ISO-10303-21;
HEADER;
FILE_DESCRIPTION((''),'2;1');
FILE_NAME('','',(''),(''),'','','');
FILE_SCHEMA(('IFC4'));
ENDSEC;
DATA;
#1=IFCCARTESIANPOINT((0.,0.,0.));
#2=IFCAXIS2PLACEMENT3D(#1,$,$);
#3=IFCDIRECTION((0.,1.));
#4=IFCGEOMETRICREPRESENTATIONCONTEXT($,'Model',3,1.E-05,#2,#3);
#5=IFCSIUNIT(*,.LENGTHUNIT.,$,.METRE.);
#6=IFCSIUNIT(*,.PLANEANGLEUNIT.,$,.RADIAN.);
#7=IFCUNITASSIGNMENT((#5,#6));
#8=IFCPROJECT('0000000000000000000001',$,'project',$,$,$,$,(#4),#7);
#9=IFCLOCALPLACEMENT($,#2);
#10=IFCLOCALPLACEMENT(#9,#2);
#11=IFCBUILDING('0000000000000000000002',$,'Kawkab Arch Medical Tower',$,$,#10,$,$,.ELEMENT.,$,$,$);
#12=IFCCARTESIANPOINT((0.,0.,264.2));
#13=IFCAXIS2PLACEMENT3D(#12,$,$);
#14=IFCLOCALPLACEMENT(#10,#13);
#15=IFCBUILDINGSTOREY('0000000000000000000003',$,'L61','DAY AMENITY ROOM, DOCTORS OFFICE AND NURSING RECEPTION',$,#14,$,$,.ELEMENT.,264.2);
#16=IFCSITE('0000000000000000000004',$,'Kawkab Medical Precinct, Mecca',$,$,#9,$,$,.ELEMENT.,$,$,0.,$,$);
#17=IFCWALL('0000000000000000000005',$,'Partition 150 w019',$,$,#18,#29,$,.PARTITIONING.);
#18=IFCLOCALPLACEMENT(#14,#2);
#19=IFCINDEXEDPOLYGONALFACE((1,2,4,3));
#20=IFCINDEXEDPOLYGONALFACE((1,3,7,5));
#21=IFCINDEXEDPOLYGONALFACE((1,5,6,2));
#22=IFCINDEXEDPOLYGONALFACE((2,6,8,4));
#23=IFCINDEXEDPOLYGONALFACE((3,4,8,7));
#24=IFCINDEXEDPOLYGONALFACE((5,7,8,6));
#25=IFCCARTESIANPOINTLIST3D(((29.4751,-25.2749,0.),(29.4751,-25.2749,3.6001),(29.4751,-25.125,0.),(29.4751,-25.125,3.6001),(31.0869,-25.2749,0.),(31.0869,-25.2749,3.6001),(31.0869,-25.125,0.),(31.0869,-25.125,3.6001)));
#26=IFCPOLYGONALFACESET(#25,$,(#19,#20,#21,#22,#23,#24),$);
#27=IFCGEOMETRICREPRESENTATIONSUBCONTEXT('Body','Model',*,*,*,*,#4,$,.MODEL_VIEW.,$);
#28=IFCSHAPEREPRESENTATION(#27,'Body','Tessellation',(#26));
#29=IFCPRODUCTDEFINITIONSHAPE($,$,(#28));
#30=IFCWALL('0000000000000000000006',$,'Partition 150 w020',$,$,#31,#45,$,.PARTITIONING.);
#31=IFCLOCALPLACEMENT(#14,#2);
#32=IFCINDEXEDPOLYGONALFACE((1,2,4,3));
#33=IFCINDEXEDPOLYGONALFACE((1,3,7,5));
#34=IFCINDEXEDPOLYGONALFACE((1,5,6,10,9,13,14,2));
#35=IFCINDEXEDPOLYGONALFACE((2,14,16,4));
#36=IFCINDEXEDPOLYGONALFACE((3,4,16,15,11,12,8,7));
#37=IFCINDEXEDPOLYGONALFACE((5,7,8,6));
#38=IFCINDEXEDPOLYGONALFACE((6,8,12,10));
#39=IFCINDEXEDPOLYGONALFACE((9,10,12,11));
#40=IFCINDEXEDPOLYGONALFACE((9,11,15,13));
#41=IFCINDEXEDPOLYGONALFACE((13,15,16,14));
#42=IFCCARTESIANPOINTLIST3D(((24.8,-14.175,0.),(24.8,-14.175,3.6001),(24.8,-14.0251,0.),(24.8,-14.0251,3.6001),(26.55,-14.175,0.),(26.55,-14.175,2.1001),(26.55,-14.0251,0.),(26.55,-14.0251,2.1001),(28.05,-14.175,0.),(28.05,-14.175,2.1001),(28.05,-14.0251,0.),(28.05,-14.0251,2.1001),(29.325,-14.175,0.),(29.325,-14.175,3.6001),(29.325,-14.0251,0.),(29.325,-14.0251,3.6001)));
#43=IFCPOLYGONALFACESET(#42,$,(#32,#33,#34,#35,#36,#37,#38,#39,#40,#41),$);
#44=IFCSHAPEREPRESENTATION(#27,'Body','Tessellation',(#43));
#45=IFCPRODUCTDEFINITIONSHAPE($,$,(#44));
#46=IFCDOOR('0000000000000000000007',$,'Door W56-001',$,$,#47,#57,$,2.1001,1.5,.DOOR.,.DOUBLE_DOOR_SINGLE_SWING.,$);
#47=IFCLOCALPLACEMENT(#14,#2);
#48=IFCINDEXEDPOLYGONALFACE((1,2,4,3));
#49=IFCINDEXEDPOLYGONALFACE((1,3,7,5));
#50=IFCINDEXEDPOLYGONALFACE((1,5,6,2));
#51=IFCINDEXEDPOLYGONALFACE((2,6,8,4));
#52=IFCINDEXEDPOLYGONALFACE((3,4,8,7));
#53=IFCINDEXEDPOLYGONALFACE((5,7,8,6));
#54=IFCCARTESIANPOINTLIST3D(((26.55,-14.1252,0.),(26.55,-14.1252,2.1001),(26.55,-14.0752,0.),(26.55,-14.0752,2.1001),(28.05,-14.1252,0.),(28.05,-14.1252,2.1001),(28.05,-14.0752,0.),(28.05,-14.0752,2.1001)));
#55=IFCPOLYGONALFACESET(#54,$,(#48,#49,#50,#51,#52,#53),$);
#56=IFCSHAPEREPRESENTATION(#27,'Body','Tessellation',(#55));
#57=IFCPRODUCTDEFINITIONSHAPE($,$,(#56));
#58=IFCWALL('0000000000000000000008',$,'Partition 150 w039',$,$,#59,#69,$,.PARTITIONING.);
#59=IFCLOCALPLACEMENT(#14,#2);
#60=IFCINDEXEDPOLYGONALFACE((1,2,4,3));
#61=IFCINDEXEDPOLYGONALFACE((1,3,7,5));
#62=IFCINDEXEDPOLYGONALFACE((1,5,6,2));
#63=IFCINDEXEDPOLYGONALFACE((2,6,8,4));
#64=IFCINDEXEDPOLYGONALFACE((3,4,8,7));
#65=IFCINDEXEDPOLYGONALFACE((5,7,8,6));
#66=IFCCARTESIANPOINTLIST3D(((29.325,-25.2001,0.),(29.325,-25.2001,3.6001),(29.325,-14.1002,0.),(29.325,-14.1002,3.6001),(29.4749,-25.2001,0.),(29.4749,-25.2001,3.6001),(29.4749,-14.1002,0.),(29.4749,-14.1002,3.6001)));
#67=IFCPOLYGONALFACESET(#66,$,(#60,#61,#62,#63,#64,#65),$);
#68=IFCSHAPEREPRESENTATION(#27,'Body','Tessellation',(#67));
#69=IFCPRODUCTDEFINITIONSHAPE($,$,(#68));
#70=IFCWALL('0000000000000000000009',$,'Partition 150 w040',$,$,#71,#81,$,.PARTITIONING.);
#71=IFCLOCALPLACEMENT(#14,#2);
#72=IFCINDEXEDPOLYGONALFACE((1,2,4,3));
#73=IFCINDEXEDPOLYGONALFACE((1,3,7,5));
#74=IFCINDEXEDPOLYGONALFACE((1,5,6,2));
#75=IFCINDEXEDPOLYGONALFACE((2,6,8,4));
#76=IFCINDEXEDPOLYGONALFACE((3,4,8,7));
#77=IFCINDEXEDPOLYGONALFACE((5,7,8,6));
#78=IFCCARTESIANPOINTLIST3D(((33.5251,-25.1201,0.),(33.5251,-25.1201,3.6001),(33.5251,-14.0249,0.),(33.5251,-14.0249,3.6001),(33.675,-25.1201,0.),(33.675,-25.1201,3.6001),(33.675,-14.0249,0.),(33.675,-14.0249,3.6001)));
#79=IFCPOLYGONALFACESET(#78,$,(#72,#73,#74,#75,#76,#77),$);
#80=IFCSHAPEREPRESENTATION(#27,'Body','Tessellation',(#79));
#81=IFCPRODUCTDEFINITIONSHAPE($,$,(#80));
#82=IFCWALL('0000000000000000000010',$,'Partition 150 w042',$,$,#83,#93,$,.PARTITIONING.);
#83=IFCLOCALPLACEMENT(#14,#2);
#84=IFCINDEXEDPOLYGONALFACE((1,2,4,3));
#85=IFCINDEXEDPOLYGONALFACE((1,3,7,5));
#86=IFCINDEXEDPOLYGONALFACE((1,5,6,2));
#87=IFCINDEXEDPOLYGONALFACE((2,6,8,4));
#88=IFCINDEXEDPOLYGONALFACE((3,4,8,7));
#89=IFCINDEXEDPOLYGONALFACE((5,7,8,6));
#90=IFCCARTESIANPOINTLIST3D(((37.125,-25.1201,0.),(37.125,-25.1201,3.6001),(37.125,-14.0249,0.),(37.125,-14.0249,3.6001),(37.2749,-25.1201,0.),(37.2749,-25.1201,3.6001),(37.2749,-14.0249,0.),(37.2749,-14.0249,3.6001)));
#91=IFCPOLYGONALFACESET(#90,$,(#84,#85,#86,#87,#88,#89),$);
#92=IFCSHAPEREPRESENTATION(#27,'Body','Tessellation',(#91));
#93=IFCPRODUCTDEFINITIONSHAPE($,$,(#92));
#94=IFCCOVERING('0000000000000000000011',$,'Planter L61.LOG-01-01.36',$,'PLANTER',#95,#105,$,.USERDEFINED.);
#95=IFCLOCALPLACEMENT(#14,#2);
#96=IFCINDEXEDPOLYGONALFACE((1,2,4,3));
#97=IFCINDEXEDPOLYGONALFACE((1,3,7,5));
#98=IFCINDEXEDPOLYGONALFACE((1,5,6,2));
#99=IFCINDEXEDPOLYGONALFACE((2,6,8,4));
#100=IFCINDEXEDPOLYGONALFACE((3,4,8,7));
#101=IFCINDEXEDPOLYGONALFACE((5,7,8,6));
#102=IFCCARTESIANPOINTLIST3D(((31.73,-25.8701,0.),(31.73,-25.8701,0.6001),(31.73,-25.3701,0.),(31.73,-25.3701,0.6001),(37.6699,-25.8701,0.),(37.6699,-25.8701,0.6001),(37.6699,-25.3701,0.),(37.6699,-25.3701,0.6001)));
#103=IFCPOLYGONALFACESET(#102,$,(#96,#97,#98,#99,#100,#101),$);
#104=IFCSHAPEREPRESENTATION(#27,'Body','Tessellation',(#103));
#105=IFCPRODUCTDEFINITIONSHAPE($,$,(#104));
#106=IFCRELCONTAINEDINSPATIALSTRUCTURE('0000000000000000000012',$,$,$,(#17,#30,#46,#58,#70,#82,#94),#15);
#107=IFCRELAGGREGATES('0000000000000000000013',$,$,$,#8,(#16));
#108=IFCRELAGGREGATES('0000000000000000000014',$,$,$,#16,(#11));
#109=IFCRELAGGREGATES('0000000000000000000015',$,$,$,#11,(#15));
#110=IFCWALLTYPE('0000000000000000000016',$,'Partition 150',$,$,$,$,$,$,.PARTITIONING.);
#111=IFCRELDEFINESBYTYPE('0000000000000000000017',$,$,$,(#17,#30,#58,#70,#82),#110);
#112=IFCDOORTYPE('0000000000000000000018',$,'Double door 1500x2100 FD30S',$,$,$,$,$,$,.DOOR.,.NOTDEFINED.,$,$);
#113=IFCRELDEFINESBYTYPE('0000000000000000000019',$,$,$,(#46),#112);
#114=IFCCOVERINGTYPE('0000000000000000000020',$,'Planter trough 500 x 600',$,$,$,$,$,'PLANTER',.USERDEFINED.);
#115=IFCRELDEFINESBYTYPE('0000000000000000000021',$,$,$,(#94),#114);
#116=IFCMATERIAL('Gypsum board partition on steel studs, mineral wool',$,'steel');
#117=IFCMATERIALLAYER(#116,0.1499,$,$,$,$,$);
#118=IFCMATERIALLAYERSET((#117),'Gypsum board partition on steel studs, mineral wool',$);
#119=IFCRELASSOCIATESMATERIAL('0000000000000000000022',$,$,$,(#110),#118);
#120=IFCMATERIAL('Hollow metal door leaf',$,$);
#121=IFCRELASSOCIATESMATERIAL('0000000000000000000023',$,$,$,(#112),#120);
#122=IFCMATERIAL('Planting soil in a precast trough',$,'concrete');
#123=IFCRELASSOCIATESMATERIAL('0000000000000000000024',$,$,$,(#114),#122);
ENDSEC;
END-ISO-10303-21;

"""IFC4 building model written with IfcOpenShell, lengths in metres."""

from ifc_helpers import new_model, si_unit, direction, frame, frame_2d, origin, origin_2d, place, context, subcontext, project, spatial, rectangle, extrude, material, layer, layer_set, material_profile, profile_set, type_object, element, fill, save


model = new_model("IFC4")

# Units and contexts
model_context = context("Model", 3, precision=1e-05, world=origin(), true_north=direction((0.0, 1.0)))
body_context = subcontext(model_context, "Body", "Model", "MODEL_VIEW")
ifc_project = project(units=[si_unit("LENGTHUNIT", "METRE"), si_unit("PLANEANGLEUNIT", "RADIAN")], contexts=[model_context])

# Site, building, storey
site_placement = place(None, origin())
site = spatial("IfcSite", under=ifc_project, at=site_placement, Name="Kawkab Medical Precinct, Mecca", CompositionType="ELEMENT", RefElevation=0.0)
building_placement = place(site_placement, origin())
building = spatial("IfcBuilding", under=site, at=building_placement, Name="Kawkab Arch Medical Tower", CompositionType="ELEMENT")
storey_placement = place(building_placement, frame((0.0, 0.0, 264.2)))
storey = spatial("IfcBuildingStorey", under=building, at=storey_placement, Name="L61", Description="DAY AMENITY ROOM, DOCTORS OFFICE AND NURSING RECEPTION", CompositionType="ELEMENT", Elevation=264.2)

# Wall
ifc_material_1 = material(Name="Gypsum board partition on steel studs, mineral wool", Category="steel")
ifc_layer_1 = layer(ifc_material_1, 0.1499)
ifc_layer_set_1 = layer_set([ifc_layer_1], Name="Gypsum board partition on steel studs, mineral wool")
wall_type_1 = type_object("IfcWallType", Name="Partition 150", PredefinedType="PARTITIONING", material=ifc_layer_set_1)
wall_1_placement = place(storey_placement, frame((29.4751, -25.2, 0.0), z_axis=(0.0, 0.0, 1.0), x_axis=(1.0, 0.0, 0.0)))
element("IfcWall", 1, at=wall_1_placement, inside=storey, type_object=wall_type_1, Name="Partition 150 w019", PredefinedType="PARTITIONING", context=body_context, shape_type="SweptSolid", body=[
    extrude(rectangle(XDim=1.6118, YDim=0.1499, at=frame_2d((0.8059, 0.0))), origin(), (0.0, 0.0, 1.0), 3.6001),
])

# Wall, opening, door
wall_2_placement = place(storey_placement, frame((24.8, -14.1001, 0.0), z_axis=(0.0, 0.0, 1.0), x_axis=(1.0, 0.0, 0.0)))
wall_2 = element("IfcWall", 2, at=wall_2_placement, inside=storey, type_object=wall_type_1, Name="Partition 150 w020", PredefinedType="PARTITIONING", context=body_context, shape_type="SweptSolid", body=[
    extrude(rectangle(XDim=4.5249, YDim=0.1499, at=frame_2d((2.2625, 0.0))), origin(), (0.0, 0.0, 1.0), 3.6001),
])
opening_1_placement = place(wall_2_placement, frame((1.75, 0.0, 0.0)))
opening_1 = element("IfcOpeningElement", 3, at=opening_1_placement, cuts=wall_2, PredefinedType="OPENING", context=body_context, shape_type="SweptSolid", body=[
    extrude(rectangle(XDim=1.5, YDim=2.1001, at=frame_2d((0.75, 1.05))), frame((0.0, 0.085, 0.0), z_axis=(0.0, -1.0, 0.0), x_axis=(1.0, 0.0, 0.0)), (0.0, 0.0, 1.0), 0.1699),
])
ifc_material_2 = material(Name="Hollow metal door leaf")
door_type_1 = type_object("IfcDoorType", Name="Double door 1500x2100 FD30S", OperationType="NOTDEFINED", PredefinedType="DOOR", material=ifc_material_2)
door_1_placement = place(opening_1_placement, origin())
door_1 = element("IfcDoor", 4, at=door_1_placement, inside=storey, type_object=door_type_1, Name="Door W56-001", OperationType="DOUBLE_DOOR_SINGLE_SWING", OverallHeight=2.1001, OverallWidth=1.5, PredefinedType="DOOR", context=body_context, shape_type="SweptSolid", body=[
    extrude(rectangle(XDim=1.5, YDim=2.1001, at=frame_2d((0.75, 1.05))), frame((0.0, 0.0249, 0.0), z_axis=(0.0, -1.0, 0.0), x_axis=(1.0, 0.0, 0.0)), (0.0, 0.0, 1.0), 0.05),
])
fill(opening_1, door_1)

# Walls
wall_3_placement = place(storey_placement, frame((29.3999, -25.2, 0.0), z_axis=(0.0, 0.0, 1.0), x_axis=(0.0, 1.0, 0.0)))
element("IfcWall", 5, at=wall_3_placement, inside=storey, type_object=wall_type_1, Name="Partition 150 w039", PredefinedType="PARTITIONING", context=body_context, shape_type="SweptSolid", body=[
    extrude(rectangle(XDim=11.0999, YDim=0.1499, at=frame_2d((5.5498, 0.0))), origin(), (0.0, 0.0, 1.0), 3.6001),
])
for number, where, z_axis, x_axis, name in (
    (6, (33.6001, -25.1201, 0.0), (0.0, 0.0, 1.0), (0.0, 1.0, 0.0), "Partition 150 w040"),
    (7, (37.2, -25.1201, 0.0), (0.0, 0.0, 1.0), (0.0, 1.0, 0.0), "Partition 150 w042"),
):
    element("IfcWall", number, at=place(storey_placement, frame(where, z_axis=z_axis, x_axis=x_axis)), inside=storey, type_object=wall_type_1, Name=name, PredefinedType="PARTITIONING", context=body_context, shape_type="SweptSolid", body=[
        extrude(rectangle(XDim=11.0952, YDim=0.1499, at=frame_2d((5.5476, 0.0))), origin(), (0.0, 0.0, 1.0), 3.6001),
    ])

# Covering
ifc_material_3 = material(Name="Planting soil in a precast trough", Category="concrete")
ifc_material_profile_1 = material_profile(ifc_material_3, rectangle(XDim=0.5, YDim=0.6001, at=origin_2d()), Name="Trough 500x600")
ifc_profile_set_1 = profile_set([ifc_material_profile_1], Name="Planting soil in a precast trough")
covering_type = type_object("IfcCoveringType", Name="Planter trough 500 x 600", ElementType="PLANTER", PredefinedType="USERDEFINED", material=ifc_profile_set_1)
covering_placement = place(storey_placement, frame((37.6699, -25.6201, 0.3), z_axis=(-1.0, 0.0, 0.0), x_axis=(0.0, -1.0, 0.0)))
element("IfcCovering", 8, at=covering_placement, inside=storey, type_object=covering_type, Name="Planter L61.LOG-01-01.36", ObjectType="PLANTER", PredefinedType="USERDEFINED", context=body_context, shape_type="SweptSolid", body=[
    extrude(rectangle(XDim=0.5, YDim=0.6001, at=origin_2d()), origin(), (0.0, 0.0, 1.0), 5.9399),
])

save(model, "model.ifc")
